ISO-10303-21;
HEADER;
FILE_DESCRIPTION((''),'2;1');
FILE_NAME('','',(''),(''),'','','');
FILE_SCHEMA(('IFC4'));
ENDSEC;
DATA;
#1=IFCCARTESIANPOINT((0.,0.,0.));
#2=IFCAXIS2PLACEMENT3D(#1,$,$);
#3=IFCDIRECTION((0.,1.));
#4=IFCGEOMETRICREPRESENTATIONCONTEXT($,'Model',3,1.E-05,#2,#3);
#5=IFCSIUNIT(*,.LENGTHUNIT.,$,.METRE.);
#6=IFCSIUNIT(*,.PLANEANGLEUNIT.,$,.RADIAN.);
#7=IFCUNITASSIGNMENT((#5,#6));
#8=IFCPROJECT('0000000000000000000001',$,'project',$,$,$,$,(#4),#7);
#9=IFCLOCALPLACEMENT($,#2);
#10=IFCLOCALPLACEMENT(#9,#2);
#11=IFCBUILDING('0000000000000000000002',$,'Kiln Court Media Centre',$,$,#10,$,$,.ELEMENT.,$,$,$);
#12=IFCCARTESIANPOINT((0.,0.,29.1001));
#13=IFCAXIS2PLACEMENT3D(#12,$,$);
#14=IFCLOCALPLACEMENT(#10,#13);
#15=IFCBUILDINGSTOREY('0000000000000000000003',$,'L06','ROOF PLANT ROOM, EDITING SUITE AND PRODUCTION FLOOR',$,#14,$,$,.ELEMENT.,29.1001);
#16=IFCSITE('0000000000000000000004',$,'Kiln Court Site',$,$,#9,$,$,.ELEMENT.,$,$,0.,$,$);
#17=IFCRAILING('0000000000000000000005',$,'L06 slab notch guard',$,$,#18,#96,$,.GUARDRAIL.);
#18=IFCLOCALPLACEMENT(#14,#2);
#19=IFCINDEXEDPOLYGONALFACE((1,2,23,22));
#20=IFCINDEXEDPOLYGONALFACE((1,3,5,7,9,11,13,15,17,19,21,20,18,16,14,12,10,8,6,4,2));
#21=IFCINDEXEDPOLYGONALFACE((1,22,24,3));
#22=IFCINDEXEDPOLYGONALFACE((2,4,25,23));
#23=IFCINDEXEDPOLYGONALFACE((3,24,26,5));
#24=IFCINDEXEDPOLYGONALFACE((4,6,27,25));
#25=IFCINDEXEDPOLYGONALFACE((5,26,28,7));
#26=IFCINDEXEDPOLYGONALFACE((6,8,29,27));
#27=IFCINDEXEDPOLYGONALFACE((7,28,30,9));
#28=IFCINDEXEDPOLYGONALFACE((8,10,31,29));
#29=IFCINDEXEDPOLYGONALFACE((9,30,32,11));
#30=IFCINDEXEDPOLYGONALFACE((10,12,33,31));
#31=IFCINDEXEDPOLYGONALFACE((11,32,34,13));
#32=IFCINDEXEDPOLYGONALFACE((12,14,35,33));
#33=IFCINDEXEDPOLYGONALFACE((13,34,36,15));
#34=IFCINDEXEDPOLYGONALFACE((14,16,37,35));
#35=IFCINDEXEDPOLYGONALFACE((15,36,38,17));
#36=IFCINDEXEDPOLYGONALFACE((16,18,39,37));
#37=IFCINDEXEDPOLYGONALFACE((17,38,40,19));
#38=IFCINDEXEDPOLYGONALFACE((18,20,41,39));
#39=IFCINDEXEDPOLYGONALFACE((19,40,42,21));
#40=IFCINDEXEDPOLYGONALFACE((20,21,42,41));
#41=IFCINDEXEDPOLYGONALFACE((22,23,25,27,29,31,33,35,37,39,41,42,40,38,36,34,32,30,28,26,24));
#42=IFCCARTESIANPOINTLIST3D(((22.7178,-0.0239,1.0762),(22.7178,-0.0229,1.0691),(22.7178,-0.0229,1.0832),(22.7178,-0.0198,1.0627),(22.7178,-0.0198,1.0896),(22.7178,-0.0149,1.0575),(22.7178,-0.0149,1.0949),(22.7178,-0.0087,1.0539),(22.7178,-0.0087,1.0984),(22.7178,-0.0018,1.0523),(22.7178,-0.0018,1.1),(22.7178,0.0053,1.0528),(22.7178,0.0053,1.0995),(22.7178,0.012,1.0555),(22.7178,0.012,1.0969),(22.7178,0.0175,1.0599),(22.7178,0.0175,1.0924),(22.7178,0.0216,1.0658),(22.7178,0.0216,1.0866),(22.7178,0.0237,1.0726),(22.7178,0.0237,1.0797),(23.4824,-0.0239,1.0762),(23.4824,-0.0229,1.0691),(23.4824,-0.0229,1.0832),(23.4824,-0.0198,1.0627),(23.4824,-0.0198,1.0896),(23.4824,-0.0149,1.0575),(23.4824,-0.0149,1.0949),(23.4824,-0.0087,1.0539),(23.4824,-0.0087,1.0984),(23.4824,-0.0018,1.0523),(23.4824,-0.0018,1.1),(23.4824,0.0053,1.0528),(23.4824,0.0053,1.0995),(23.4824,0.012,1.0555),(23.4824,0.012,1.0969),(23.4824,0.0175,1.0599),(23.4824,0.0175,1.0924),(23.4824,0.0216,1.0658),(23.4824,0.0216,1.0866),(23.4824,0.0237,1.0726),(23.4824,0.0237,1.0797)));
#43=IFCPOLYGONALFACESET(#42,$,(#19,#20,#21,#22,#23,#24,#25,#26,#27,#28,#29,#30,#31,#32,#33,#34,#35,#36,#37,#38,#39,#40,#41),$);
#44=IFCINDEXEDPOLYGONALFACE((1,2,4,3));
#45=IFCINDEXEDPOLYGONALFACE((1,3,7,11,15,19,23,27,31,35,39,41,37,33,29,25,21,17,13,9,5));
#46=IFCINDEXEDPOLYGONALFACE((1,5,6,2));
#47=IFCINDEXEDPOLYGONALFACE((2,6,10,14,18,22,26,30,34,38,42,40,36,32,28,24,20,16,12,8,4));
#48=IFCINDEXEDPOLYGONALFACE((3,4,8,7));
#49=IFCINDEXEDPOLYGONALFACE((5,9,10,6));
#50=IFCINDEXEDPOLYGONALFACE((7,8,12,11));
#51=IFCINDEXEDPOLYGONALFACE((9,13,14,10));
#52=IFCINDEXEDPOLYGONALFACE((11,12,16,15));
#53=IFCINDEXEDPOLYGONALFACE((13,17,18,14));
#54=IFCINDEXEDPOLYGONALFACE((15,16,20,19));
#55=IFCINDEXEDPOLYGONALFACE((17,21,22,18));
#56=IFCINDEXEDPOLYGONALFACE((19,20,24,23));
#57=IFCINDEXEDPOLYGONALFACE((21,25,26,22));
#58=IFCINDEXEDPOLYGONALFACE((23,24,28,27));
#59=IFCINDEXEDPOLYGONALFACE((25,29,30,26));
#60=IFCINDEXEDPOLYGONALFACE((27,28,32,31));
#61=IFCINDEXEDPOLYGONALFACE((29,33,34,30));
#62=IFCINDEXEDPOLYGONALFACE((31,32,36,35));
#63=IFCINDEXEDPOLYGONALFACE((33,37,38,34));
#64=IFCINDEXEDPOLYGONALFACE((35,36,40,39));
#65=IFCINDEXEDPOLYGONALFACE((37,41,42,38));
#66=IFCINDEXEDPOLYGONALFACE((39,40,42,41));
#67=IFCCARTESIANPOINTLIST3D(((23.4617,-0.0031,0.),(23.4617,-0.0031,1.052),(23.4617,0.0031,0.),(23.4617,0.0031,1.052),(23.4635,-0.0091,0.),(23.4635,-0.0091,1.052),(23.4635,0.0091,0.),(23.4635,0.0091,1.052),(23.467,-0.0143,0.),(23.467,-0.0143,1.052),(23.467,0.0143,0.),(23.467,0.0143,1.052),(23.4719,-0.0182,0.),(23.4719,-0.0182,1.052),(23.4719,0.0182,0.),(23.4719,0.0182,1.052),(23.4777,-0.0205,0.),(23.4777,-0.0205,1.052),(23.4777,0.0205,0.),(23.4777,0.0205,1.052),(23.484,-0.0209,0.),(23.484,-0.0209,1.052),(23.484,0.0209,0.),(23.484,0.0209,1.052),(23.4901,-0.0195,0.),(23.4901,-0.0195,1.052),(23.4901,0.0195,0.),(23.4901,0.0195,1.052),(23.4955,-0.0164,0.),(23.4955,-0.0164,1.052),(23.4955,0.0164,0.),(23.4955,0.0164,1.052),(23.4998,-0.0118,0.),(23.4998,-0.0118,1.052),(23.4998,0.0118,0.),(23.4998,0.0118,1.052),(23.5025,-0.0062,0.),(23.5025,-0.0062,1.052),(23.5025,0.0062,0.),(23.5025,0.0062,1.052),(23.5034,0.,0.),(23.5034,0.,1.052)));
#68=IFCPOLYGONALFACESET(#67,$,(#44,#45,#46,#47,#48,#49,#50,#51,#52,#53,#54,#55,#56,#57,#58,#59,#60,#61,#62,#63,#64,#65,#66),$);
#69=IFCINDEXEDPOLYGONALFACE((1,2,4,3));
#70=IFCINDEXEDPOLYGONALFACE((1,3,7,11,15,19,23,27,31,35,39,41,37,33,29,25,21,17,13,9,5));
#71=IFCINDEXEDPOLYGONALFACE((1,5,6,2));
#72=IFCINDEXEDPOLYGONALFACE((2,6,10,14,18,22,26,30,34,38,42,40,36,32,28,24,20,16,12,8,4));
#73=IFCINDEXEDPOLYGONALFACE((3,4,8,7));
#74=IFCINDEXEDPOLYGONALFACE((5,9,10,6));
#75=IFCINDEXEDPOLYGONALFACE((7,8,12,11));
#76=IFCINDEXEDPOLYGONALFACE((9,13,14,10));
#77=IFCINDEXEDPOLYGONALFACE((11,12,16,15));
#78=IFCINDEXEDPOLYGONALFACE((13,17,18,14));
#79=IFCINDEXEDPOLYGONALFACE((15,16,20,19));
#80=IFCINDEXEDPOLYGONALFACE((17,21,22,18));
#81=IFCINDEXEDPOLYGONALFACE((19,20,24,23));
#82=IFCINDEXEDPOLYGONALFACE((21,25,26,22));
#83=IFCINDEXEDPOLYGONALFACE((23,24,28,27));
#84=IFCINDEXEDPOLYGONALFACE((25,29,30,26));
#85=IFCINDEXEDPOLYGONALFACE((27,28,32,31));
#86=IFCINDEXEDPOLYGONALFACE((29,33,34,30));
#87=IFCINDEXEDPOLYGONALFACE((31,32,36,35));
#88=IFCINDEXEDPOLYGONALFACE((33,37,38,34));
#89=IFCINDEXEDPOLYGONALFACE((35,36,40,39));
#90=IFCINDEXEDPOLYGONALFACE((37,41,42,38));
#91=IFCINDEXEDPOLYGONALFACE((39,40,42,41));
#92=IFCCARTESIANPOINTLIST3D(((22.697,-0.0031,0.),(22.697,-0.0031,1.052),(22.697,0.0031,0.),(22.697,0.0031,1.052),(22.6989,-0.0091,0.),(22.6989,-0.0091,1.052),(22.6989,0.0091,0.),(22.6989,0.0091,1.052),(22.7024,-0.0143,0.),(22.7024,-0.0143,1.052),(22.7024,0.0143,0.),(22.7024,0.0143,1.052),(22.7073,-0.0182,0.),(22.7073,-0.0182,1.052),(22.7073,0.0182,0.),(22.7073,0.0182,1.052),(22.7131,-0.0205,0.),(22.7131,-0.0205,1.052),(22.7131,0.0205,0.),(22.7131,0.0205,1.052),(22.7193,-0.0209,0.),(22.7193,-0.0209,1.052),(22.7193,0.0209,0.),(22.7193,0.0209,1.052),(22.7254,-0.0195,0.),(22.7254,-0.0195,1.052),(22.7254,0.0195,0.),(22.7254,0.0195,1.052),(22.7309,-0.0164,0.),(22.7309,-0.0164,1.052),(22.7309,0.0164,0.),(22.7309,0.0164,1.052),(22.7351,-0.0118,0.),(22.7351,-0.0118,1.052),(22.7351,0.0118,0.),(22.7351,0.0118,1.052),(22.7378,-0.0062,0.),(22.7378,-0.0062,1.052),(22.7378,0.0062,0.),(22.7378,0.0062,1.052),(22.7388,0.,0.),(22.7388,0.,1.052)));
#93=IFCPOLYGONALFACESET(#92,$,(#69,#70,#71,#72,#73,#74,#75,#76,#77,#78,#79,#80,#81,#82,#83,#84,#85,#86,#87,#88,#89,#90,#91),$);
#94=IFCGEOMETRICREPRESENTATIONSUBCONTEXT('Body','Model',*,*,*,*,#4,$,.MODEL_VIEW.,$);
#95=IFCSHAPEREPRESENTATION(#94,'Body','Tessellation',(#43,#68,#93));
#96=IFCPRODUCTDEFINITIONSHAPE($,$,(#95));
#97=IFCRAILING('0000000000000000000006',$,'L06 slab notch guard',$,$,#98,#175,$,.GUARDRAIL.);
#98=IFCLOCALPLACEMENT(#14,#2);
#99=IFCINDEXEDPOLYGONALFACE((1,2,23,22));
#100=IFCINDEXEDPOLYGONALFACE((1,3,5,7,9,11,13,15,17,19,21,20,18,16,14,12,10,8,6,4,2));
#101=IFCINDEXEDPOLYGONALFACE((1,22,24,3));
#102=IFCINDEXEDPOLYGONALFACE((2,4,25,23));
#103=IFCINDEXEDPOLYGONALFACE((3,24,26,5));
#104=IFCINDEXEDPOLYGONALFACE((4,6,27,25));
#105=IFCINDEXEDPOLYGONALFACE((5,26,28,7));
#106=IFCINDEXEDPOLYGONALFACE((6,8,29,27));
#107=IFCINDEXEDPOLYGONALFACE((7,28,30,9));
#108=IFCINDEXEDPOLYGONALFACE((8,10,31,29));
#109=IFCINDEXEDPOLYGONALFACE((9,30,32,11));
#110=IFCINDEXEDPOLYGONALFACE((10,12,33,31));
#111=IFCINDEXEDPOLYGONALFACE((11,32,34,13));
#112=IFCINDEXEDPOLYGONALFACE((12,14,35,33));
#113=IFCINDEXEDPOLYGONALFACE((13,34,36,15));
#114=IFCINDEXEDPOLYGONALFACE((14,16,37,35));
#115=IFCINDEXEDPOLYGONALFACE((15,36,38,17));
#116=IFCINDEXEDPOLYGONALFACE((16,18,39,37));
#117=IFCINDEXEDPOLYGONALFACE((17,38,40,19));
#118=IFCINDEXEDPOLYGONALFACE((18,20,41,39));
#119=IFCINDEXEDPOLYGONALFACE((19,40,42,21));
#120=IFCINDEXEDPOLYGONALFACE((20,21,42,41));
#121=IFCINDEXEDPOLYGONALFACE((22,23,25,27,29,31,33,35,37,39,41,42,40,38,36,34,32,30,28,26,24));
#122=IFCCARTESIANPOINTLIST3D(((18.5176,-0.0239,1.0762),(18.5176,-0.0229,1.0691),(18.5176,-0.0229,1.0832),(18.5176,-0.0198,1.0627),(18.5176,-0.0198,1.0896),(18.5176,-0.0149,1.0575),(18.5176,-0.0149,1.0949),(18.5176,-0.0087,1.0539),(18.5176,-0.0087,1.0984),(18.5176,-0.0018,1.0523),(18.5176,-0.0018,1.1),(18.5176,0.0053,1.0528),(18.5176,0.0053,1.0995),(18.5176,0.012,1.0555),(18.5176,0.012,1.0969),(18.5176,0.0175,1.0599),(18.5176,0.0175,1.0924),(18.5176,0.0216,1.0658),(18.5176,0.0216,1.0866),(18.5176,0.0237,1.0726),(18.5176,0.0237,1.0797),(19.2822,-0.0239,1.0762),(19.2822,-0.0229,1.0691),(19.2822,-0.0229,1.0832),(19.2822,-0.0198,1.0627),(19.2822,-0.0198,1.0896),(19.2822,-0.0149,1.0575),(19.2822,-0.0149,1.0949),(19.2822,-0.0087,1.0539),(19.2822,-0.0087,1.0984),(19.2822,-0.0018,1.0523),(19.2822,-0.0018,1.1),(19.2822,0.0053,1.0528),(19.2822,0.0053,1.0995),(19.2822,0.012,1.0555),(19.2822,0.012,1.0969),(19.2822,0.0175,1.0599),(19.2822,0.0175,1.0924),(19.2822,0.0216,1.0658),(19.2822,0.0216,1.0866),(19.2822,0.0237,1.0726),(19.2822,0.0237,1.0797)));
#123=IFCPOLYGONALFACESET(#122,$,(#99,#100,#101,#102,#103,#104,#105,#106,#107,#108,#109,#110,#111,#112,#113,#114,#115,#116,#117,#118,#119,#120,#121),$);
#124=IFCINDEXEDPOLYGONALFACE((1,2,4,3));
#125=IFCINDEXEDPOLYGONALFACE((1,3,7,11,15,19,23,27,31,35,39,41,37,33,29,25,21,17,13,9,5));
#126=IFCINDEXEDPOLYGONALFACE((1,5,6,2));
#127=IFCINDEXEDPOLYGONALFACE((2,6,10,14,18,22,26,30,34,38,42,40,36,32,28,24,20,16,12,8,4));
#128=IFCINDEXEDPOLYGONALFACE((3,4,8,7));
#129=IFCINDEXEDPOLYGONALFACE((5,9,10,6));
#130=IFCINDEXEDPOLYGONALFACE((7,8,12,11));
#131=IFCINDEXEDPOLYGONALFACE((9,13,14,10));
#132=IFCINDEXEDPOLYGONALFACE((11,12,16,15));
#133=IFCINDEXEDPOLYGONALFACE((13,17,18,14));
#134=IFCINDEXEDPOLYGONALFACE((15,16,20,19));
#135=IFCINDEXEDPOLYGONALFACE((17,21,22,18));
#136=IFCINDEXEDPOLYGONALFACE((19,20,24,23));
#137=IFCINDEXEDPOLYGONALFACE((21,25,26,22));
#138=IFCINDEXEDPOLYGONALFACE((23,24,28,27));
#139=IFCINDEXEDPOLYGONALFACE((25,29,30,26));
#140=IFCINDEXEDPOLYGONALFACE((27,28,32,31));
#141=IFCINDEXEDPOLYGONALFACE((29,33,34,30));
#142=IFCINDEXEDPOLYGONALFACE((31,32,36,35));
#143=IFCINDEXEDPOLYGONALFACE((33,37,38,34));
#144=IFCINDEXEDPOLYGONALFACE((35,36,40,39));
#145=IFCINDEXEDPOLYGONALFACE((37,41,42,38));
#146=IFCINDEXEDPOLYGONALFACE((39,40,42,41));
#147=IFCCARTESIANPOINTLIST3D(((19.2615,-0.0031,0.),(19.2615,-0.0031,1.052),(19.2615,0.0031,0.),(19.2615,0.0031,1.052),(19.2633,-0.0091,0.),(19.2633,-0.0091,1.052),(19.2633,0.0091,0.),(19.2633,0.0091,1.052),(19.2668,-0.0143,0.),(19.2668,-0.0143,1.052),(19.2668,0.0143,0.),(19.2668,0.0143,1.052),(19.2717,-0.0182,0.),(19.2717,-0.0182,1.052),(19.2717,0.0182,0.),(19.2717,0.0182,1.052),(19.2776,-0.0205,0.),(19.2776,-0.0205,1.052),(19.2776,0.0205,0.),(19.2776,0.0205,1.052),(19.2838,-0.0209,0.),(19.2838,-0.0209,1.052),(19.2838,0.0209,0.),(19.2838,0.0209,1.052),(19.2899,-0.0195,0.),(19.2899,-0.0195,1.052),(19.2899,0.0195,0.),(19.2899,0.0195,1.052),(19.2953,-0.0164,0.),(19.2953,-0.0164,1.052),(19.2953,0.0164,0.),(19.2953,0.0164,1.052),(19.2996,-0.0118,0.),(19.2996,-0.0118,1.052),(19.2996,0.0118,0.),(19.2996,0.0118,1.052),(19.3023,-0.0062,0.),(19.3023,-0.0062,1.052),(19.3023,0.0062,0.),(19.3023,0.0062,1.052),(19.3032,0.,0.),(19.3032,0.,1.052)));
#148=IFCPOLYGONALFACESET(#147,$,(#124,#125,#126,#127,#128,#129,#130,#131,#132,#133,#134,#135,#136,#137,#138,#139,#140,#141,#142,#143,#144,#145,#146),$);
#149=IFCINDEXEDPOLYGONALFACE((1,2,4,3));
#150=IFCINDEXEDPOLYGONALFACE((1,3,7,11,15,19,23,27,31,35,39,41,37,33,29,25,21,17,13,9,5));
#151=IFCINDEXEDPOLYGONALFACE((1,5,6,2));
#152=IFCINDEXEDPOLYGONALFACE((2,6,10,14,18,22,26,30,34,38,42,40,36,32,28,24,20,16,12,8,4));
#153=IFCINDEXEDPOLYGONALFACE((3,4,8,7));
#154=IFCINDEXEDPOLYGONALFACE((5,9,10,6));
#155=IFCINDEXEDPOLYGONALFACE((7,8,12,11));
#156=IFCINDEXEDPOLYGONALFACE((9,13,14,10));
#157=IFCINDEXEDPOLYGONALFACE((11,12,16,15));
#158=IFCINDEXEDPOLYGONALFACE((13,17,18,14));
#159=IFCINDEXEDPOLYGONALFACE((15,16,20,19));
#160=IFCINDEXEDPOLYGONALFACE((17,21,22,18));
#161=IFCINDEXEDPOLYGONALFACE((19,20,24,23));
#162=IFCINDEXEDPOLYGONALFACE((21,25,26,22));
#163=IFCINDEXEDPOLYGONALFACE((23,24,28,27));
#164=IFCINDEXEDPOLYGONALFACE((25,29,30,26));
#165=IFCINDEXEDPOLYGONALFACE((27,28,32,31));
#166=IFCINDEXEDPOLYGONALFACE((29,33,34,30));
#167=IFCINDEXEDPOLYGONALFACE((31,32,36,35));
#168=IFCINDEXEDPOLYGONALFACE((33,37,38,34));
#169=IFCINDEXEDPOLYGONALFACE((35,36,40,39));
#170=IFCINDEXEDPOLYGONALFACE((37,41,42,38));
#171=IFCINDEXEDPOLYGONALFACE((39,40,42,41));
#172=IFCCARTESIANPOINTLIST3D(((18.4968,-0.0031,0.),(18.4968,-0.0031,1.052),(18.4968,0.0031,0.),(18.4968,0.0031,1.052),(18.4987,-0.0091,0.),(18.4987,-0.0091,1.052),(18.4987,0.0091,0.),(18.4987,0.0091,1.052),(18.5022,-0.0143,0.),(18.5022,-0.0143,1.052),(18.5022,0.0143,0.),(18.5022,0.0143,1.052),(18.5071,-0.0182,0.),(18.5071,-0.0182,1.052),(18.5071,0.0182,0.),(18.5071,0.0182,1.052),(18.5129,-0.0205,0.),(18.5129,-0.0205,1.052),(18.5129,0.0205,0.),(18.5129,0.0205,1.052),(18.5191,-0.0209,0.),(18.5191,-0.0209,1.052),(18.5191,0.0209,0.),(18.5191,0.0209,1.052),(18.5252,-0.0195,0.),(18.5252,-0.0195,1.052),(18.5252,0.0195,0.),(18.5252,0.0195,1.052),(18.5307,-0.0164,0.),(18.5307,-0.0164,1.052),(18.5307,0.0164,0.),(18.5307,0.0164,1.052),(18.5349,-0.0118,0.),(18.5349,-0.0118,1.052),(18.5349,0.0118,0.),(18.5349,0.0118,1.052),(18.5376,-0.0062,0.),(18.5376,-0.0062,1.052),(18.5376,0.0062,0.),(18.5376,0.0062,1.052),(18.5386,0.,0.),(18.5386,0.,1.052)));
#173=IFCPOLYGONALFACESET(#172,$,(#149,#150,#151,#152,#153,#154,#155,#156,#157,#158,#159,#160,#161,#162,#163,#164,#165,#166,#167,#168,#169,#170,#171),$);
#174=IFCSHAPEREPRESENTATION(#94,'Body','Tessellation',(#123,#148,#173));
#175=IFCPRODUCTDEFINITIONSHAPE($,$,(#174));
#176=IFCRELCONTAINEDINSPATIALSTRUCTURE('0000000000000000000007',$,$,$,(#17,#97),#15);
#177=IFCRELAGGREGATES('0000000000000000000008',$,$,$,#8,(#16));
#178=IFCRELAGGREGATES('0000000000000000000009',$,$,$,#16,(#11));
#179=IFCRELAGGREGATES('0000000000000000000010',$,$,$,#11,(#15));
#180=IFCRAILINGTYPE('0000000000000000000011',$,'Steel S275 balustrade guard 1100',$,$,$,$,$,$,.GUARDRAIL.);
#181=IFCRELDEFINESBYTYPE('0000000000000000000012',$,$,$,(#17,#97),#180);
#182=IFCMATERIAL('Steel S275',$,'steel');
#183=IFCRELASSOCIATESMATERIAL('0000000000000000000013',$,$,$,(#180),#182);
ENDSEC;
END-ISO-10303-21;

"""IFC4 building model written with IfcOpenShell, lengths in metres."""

from ifc_helpers import new_model, si_unit, direction, frame, origin, origin_2d, place, context, subcontext, project, spatial, circle, extrude, material, type_object, element, save


model = new_model("IFC4")

# Units and contexts
model_context = context("Model", 3, precision=1e-05, world=origin(), true_north=direction((0.0, 1.0)))
body_context = subcontext(model_context, "Body", "Model", "MODEL_VIEW")
ifc_project = project(units=[si_unit("LENGTHUNIT", "METRE"), si_unit("PLANEANGLEUNIT", "RADIAN")], contexts=[model_context])

# Site, building, storey
site_placement = place(None, origin())
site = spatial("IfcSite", under=ifc_project, at=site_placement, Name="Kiln Court Site", CompositionType="ELEMENT", RefElevation=0.0)
building_placement = place(site_placement, origin())
building = spatial("IfcBuilding", under=site, at=building_placement, Name="Kiln Court Media Centre", CompositionType="ELEMENT")
storey_placement = place(building_placement, frame((0.0, 0.0, 29.1001)))
storey = spatial("IfcBuildingStorey", under=building, at=storey_placement, Name="L06", Description="ROOF PLANT ROOM, EDITING SUITE AND PRODUCTION FLOOR", CompositionType="ELEMENT", Elevation=29.1001)

# Railings
ifc_material_1 = material(Name="Steel S275", Category="steel")
railing_type = type_object("IfcRailingType", Name="Steel S275 balustrade guard 1100", PredefinedType="GUARDRAIL", material=ifc_material_1)
for number, where, name in (
    (1, (23.4824, 0.0, 0.0), "L06 slab notch guard"),
    (2, (19.2822, 0.0, 0.0), "L06 slab notch guard"),
):
    element("IfcRailing", number, at=place(storey_placement, frame(where)), inside=storey, type_object=railing_type, Name=name, PredefinedType="GUARDRAIL", context=body_context, shape_type="SweptSolid", body=[
        extrude(circle(Radius=0.0239, at=origin_2d()), frame((0.0, 0.0, 1.0762), z_axis=(-1.0, 0.0, 0.0), x_axis=(0.0, -1.0, 0.0)), (0.0, 0.0, 1.0), 0.7646),
        extrude(circle(Radius=0.021, at=origin_2d()), origin(), (0.0, 0.0, 1.0), 1.052),
        extrude(circle(Radius=0.021, at=origin_2d()), frame((-0.7646, 0.0, 0.0)), (0.0, 0.0, 1.0), 1.052),
    ])

save(model, "model.ifc")
